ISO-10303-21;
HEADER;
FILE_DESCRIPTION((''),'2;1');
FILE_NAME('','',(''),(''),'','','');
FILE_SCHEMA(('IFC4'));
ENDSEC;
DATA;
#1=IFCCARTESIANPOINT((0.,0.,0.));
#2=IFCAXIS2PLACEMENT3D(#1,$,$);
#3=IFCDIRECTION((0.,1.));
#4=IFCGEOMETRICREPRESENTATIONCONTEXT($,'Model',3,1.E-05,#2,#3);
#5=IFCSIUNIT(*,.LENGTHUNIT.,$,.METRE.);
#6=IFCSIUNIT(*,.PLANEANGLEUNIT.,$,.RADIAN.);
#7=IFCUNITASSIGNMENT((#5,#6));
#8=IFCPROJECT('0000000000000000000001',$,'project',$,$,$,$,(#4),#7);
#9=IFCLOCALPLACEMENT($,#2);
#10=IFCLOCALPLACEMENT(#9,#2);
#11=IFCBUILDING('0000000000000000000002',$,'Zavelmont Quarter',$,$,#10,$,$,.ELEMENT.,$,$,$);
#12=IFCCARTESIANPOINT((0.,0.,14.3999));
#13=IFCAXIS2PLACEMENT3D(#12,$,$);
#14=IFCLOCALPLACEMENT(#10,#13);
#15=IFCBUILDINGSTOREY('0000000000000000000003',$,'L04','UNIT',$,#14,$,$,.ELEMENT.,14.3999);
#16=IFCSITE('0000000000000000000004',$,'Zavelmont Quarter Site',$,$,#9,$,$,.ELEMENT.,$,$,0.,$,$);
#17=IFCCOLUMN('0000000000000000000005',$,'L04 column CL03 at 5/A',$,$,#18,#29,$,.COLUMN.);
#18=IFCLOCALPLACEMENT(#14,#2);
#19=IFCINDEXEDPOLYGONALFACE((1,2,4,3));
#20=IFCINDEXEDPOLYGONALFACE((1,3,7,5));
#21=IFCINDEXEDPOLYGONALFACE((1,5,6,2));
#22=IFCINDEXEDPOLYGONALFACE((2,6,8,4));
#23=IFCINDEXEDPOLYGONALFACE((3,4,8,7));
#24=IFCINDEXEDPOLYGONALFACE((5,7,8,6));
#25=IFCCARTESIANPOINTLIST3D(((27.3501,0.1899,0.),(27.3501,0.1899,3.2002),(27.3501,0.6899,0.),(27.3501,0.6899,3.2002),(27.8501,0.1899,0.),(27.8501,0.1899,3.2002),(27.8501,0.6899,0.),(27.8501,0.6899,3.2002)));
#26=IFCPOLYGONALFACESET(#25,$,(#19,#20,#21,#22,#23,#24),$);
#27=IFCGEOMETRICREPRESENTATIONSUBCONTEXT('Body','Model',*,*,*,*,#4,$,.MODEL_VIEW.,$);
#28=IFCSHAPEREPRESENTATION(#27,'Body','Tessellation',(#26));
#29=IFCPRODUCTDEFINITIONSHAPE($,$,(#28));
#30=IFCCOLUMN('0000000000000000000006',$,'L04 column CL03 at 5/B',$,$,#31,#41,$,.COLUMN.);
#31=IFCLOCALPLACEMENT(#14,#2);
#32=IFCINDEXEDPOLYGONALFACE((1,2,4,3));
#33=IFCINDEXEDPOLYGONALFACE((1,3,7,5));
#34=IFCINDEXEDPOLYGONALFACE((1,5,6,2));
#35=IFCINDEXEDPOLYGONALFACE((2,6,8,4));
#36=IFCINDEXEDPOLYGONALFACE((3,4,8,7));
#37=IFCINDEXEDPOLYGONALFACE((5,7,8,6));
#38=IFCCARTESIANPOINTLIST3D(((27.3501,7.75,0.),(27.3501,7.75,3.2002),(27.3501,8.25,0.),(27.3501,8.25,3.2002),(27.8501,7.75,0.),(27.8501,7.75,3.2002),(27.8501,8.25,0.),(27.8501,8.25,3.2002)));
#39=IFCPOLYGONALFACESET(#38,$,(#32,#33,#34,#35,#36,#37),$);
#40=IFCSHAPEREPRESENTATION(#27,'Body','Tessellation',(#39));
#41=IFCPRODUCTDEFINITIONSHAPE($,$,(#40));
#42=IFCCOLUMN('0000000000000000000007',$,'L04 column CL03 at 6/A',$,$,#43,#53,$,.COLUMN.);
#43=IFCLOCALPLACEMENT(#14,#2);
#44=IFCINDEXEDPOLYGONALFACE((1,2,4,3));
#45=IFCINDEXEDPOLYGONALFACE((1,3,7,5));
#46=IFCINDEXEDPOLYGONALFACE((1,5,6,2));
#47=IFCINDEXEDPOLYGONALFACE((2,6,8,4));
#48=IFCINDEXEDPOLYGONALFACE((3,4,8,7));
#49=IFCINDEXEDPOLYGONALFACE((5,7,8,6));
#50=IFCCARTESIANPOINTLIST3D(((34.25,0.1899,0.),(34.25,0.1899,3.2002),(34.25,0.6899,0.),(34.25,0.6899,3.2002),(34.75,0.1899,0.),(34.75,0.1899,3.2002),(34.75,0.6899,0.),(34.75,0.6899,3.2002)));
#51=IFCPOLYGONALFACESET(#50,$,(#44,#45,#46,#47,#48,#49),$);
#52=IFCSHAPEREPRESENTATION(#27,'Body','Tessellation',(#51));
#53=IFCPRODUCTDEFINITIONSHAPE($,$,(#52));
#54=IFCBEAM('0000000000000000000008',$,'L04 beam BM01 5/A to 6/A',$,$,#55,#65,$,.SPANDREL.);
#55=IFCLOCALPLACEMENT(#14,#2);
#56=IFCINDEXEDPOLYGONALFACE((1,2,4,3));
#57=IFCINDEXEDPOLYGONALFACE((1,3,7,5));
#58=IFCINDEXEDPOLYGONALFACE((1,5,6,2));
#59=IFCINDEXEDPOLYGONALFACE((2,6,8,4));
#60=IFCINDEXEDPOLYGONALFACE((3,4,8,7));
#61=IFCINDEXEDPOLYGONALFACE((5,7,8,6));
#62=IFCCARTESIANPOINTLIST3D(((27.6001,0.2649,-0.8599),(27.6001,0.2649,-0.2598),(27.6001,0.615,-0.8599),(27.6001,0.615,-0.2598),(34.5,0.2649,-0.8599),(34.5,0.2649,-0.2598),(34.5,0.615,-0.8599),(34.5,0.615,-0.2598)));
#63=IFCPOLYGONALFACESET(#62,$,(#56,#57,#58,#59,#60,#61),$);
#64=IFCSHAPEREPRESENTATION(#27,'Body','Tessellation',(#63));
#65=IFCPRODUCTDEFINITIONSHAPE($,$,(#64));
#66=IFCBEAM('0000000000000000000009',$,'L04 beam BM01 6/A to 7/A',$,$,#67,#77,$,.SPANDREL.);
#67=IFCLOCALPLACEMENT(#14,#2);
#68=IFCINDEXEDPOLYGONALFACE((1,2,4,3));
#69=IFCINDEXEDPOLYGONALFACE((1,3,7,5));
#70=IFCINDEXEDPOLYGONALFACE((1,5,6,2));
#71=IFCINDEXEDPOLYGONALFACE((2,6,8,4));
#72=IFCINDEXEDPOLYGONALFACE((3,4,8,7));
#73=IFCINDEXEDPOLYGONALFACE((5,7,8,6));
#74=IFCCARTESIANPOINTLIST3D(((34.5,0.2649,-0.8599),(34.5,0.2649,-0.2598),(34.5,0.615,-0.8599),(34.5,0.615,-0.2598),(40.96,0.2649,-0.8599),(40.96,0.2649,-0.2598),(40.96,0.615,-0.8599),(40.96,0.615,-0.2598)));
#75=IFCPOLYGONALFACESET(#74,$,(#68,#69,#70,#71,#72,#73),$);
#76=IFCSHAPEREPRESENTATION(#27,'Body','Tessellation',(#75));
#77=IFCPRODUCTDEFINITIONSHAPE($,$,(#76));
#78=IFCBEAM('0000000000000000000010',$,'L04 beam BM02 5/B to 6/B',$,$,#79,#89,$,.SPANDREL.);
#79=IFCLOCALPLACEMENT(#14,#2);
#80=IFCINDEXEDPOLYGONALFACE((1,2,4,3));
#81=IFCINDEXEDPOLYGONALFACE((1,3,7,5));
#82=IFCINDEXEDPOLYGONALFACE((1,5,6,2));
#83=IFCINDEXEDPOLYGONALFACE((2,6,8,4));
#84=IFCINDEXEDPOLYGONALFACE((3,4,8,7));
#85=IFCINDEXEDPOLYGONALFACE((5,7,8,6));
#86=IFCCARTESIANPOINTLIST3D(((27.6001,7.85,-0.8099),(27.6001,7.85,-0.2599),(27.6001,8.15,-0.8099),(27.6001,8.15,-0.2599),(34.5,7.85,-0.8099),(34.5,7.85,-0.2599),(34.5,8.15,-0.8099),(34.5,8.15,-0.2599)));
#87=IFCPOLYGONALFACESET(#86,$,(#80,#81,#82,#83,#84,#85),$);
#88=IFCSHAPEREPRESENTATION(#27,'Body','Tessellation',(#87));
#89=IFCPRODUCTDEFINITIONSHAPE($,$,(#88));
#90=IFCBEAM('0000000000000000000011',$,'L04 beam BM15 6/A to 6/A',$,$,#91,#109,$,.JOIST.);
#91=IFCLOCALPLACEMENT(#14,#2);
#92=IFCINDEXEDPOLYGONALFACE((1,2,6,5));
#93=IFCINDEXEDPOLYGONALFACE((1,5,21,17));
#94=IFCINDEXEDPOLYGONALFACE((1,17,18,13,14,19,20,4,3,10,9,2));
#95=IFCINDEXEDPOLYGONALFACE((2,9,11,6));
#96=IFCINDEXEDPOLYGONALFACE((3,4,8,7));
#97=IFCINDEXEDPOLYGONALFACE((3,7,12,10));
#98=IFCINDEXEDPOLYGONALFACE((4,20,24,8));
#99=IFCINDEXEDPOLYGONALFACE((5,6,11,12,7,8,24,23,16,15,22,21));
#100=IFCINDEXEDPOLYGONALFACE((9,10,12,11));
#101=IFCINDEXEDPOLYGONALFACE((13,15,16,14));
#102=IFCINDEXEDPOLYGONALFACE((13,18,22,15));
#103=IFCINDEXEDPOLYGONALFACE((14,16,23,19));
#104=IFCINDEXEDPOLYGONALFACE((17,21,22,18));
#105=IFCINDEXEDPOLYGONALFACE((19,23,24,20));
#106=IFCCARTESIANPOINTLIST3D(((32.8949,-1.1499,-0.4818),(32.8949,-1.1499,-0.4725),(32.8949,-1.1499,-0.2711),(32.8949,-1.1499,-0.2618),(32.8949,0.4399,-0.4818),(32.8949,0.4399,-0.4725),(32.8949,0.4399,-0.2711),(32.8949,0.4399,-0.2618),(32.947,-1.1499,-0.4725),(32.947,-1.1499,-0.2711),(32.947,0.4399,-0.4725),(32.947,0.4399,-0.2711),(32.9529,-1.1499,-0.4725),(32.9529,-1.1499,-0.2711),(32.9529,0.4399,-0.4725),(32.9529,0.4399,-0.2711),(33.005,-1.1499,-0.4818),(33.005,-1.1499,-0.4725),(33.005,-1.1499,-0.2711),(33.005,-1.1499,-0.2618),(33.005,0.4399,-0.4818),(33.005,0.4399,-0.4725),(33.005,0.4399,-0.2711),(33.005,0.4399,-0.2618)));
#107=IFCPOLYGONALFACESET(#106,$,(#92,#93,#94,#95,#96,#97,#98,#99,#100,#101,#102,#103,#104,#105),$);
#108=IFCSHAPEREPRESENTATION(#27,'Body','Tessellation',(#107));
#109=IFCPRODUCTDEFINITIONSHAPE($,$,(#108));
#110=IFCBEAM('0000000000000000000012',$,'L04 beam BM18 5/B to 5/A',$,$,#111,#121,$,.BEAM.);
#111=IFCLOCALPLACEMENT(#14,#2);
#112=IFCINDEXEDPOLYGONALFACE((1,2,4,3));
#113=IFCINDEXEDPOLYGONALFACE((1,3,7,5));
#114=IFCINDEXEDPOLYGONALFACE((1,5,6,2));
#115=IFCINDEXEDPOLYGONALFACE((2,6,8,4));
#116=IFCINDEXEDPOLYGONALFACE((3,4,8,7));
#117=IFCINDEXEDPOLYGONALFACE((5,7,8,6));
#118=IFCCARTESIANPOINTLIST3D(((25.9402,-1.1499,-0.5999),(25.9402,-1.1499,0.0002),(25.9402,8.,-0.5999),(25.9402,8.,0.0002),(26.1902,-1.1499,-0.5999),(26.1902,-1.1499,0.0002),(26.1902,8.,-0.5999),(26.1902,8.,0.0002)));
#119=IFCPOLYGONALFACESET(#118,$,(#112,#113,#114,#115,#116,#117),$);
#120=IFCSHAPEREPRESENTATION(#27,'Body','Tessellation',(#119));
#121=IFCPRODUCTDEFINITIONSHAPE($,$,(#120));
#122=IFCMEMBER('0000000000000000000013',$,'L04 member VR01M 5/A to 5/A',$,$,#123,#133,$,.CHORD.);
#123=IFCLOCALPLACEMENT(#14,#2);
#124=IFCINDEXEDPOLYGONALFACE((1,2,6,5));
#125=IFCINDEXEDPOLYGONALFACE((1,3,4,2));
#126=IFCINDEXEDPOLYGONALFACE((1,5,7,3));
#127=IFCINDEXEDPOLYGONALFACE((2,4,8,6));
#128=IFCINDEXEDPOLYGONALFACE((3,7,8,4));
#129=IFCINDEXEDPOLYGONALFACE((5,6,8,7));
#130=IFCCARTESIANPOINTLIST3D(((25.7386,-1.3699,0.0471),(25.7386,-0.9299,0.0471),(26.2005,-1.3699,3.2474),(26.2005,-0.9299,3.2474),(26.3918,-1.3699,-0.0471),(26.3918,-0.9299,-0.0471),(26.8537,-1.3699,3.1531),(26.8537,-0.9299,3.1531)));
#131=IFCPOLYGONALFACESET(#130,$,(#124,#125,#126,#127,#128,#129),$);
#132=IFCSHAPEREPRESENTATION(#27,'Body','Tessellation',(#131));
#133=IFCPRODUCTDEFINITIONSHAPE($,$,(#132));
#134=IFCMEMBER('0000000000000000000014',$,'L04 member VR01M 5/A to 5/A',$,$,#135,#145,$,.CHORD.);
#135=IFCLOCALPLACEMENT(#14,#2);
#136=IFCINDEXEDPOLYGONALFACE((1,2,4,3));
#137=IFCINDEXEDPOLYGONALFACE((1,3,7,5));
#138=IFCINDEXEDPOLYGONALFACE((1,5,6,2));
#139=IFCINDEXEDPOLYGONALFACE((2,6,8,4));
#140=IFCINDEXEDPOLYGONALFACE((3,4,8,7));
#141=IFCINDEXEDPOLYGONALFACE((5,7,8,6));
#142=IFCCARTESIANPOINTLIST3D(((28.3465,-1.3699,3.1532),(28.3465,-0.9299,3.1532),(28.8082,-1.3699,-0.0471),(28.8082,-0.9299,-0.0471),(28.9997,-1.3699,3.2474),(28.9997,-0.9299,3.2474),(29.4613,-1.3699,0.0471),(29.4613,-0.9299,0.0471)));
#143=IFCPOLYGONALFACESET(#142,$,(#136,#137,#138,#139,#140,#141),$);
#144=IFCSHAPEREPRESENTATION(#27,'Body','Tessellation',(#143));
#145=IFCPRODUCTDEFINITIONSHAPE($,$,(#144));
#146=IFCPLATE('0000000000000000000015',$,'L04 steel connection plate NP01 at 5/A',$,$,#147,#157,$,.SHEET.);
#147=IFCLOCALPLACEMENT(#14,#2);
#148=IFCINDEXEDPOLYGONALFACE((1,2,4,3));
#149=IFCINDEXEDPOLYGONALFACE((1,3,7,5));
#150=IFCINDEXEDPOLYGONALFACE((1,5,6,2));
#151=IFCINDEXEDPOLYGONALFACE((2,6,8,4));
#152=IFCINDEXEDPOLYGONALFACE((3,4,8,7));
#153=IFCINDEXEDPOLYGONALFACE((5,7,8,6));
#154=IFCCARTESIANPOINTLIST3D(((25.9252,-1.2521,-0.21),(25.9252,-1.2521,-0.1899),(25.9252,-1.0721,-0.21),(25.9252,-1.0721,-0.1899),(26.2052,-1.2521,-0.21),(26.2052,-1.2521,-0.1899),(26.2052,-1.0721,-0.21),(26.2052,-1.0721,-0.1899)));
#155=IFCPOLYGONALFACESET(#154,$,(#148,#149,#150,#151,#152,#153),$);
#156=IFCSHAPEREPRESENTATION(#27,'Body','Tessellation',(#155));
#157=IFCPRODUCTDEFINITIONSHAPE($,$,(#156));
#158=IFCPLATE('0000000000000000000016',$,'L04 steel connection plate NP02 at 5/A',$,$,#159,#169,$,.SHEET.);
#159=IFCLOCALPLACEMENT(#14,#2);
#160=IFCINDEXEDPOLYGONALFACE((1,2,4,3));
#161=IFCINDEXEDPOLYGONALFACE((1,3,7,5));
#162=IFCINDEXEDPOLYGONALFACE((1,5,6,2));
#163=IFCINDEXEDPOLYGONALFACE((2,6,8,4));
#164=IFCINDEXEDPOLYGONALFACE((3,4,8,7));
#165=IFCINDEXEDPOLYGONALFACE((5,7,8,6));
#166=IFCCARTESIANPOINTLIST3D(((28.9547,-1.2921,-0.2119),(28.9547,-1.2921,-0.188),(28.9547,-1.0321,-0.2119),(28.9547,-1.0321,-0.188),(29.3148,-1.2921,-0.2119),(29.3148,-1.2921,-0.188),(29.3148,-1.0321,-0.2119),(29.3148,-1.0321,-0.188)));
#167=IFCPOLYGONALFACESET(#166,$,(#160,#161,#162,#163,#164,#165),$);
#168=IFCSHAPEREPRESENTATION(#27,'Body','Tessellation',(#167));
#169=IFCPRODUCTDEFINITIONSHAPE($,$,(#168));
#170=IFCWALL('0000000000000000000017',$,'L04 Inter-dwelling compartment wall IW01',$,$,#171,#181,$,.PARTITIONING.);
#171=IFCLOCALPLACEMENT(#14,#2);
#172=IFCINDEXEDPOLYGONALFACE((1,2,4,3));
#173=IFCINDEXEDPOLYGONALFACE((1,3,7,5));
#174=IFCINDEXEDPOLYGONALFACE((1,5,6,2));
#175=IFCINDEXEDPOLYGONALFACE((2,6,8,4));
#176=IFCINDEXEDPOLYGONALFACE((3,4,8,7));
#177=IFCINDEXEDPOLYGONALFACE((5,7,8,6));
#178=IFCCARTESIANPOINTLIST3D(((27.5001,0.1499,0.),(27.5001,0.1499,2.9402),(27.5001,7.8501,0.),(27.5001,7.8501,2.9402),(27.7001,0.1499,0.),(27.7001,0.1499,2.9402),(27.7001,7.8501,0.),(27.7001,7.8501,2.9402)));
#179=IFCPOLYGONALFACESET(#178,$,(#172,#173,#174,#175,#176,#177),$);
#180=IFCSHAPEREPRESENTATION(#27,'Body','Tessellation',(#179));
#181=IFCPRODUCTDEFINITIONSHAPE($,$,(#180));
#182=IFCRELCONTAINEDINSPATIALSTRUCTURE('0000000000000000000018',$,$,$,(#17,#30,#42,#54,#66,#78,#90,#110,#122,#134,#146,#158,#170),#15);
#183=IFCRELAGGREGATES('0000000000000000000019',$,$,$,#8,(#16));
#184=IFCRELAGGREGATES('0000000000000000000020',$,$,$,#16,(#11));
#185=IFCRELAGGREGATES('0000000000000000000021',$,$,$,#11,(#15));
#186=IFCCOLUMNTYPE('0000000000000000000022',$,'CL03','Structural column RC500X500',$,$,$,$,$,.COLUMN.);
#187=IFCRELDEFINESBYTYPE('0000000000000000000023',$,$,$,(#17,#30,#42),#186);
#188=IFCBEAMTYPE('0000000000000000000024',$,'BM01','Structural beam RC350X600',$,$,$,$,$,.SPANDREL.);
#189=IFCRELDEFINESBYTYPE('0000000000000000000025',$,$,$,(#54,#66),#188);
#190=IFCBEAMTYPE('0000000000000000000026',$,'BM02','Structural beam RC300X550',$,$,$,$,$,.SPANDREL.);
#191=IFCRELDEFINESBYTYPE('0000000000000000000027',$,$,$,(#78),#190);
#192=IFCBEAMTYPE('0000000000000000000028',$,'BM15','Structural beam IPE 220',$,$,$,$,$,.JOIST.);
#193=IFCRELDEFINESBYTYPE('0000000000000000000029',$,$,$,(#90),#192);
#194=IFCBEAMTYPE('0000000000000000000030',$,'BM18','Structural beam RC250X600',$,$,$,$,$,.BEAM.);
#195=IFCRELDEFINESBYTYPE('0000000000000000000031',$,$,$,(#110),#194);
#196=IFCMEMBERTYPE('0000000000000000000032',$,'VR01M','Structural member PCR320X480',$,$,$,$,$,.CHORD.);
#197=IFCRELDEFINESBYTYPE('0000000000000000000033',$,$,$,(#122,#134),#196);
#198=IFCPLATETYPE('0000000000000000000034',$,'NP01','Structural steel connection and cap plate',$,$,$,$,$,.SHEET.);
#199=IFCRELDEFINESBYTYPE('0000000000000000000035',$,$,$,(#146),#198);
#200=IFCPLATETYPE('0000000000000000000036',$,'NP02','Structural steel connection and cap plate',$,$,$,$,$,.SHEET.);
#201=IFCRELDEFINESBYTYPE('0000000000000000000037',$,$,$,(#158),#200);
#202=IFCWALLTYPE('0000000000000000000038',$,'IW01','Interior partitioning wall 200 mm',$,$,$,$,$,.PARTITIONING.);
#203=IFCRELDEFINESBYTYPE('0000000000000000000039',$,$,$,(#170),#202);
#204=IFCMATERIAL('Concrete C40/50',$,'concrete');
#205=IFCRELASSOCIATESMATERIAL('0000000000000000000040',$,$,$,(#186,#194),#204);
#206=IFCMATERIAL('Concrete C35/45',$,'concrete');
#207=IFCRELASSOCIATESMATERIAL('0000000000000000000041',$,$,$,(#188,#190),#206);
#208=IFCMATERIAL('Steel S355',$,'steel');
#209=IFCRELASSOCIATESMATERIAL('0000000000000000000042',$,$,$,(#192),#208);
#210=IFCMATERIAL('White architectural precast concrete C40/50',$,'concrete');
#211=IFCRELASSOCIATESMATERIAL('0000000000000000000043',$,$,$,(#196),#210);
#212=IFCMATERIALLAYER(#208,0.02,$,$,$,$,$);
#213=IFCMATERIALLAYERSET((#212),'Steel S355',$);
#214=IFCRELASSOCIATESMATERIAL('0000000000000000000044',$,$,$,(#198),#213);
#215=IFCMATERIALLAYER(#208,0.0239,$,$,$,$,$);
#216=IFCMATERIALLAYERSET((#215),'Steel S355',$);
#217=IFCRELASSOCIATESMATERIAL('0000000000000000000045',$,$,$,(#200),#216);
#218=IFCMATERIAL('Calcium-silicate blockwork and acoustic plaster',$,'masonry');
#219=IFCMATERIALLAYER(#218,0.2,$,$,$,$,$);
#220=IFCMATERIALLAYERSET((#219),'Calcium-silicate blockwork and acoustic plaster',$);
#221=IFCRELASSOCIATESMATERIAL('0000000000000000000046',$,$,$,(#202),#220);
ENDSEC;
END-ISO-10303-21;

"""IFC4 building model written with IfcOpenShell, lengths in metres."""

from ifc_helpers import new_model, si_unit, direction, frame, frame_2d, origin, origin_2d, place, context, subcontext, project, spatial, rectangle, i_section, extrude, material, layer, layer_set, material_profile, profile_set, type_object, element, save


model = new_model("IFC4")

# Units and contexts
model_context = context("Model", 3, precision=1e-05, world=origin(), true_north=direction((0.0, 1.0)))
body_context = subcontext(model_context, "Body", "Model", "MODEL_VIEW")
ifc_project = project(units=[si_unit("LENGTHUNIT", "METRE"), si_unit("PLANEANGLEUNIT", "RADIAN")], contexts=[model_context])

# Site, building, storey
site_placement = place(None, origin())
site = spatial("IfcSite", under=ifc_project, at=site_placement, Name="Zavelmont Quarter Site", CompositionType="ELEMENT", RefElevation=0.0)
building_placement = place(site_placement, origin())
building = spatial("IfcBuilding", under=site, at=building_placement, Name="Zavelmont Quarter", CompositionType="ELEMENT")
storey_placement = place(building_placement, frame((0.0, 0.0, 14.3999)))
storey = spatial("IfcBuildingStorey", under=building, at=storey_placement, Name="L04", Description="UNIT", CompositionType="ELEMENT", Elevation=14.3999)

# Columns
ifc_material_1 = material(Name="Concrete C40/50", Category="concrete")
ifc_material_profile_1 = material_profile(ifc_material_1, rectangle(XDim=0.5, YDim=0.5, at=origin_2d()), Name="RC500X500")
ifc_profile_set_1 = profile_set([ifc_material_profile_1], Name="Concrete C40/50")
column_type = type_object("IfcColumnType", Name="CL03", Description="Structural column RC500X500", PredefinedType="COLUMN", material=ifc_profile_set_1)
for number, where, z_axis, x_axis, name in (
    (1, (27.6001, 0.4399, 0.0), (0.0, 0.0, 1.0), (1.0, 0.0, 0.0), "L04 column CL03 at 5/A"),
    (2, (27.6001, 8.0, 0.0), (0.0, 0.0, 1.0), (1.0, 0.0, 0.0), "L04 column CL03 at 5/B"),
    (3, (34.5, 0.4399, 0.0), (0.0, 0.0, 1.0), (1.0, 0.0, 0.0), "L04 column CL03 at 6/A"),
):
    element("IfcColumn", number, at=place(storey_placement, frame(where, z_axis=z_axis, x_axis=x_axis)), inside=storey, type_object=column_type, Name=name, PredefinedType="COLUMN", context=body_context, shape_type="SweptSolid", body=[
        extrude(rectangle(XDim=0.5, YDim=0.5, at=origin_2d()), origin(), (0.0, 0.0, 1.0), 3.2002),
    ])

# Beams
ifc_material_2 = material(Name="Concrete C35/45", Category="concrete")
ifc_material_profile_2 = material_profile(ifc_material_2, rectangle(XDim=0.3501, YDim=0.6001, at=origin_2d()), Name="RC350X600")
ifc_profile_set_2 = profile_set([ifc_material_profile_2], Name="Concrete C35/45")
beam_type_1 = type_object("IfcBeamType", Name="BM01", Description="Structural beam RC350X600", PredefinedType="SPANDREL", material=ifc_profile_set_2)
beam_1_placement = place(storey_placement, frame((27.6001, 0.4399, -0.5598), z_axis=(1.0, 0.0, 0.0), x_axis=(0.0, 1.0, 0.0)))
element("IfcBeam", 4, at=beam_1_placement, inside=storey, type_object=beam_type_1, Name="L04 beam BM01 5/A to 6/A", PredefinedType="SPANDREL", context=body_context, shape_type="SweptSolid", body=[
    extrude(rectangle(XDim=0.3501, YDim=0.6001, at=origin_2d()), origin(), (0.0, 0.0, 1.0), 6.8999),
])
beam_2_placement = place(storey_placement, frame((34.5, 0.4399, -0.5598), z_axis=(1.0, 0.0, 0.0), x_axis=(0.0, 1.0, 0.0)))
element("IfcBeam", 5, at=beam_2_placement, inside=storey, type_object=beam_type_1, Name="L04 beam BM01 6/A to 7/A", PredefinedType="SPANDREL", context=body_context, shape_type="SweptSolid", body=[
    extrude(rectangle(XDim=0.3501, YDim=0.6001, at=origin_2d()), origin(), (0.0, 0.0, 1.0), 6.46),
])
ifc_material_profile_3 = material_profile(ifc_material_2, rectangle(XDim=0.3, YDim=0.55, at=origin_2d()), Name="RC300X550")
ifc_profile_set_3 = profile_set([ifc_material_profile_3], Name="Concrete C35/45")
beam_type_2 = type_object("IfcBeamType", Name="BM02", Description="Structural beam RC300X550", PredefinedType="SPANDREL", material=ifc_profile_set_3)
beam_3_placement = place(storey_placement, frame((27.6001, 8.0, -0.5349), z_axis=(1.0, 0.0, 0.0), x_axis=(0.0, 1.0, 0.0)))
element("IfcBeam", 6, at=beam_3_placement, inside=storey, type_object=beam_type_2, Name="L04 beam BM02 5/B to 6/B", PredefinedType="SPANDREL", context=body_context, shape_type="SweptSolid", body=[
    extrude(rectangle(XDim=0.3, YDim=0.55, at=origin_2d()), origin(), (0.0, 0.0, 1.0), 6.8999),
])
ifc_material_3 = material(Name="Steel S355", Category="steel")
ifc_material_profile_4 = material_profile(ifc_material_3, i_section(OverallWidth=0.1101, OverallDepth=0.22, WebThickness=0.0059, FlangeThickness=0.0093, at=origin_2d()), Name="IPE 220")
ifc_profile_set_4 = profile_set([ifc_material_profile_4], Name="Steel S355")
beam_type_3 = type_object("IfcBeamType", Name="BM15", Description="Structural beam IPE 220", PredefinedType="JOIST", material=ifc_profile_set_4)
beam_4_placement = place(storey_placement, frame((32.95, 0.4399, -0.3718), z_axis=(0.0, -1.0, 0.0), x_axis=(1.0, 0.0, 0.0)))
element("IfcBeam", 7, at=beam_4_placement, inside=storey, type_object=beam_type_3, Name="L04 beam BM15 6/A to 6/A", PredefinedType="JOIST", context=body_context, shape_type="SweptSolid", body=[
    extrude(i_section(OverallWidth=0.1101, OverallDepth=0.22, WebThickness=0.0059, FlangeThickness=0.0093, at=origin_2d()), origin(), (0.0, 0.0, 1.0), 1.5898),
])
ifc_material_profile_5 = material_profile(ifc_material_1, rectangle(XDim=0.25, YDim=0.6001, at=origin_2d()), Name="RC250X600")
ifc_profile_set_5 = profile_set([ifc_material_profile_5], Name="Concrete C40/50")
beam_type_4 = type_object("IfcBeamType", Name="BM18", Description="Structural beam RC250X600", PredefinedType="BEAM", material=ifc_profile_set_5)
beam_5_placement = place(storey_placement, frame((26.0652, 8.0, -0.2998), z_axis=(0.0, -1.0, 0.0), x_axis=(1.0, 0.0, 0.0)))
element("IfcBeam", 8, at=beam_5_placement, inside=storey, type_object=beam_type_4, Name="L04 beam BM18 5/B to 5/A", PredefinedType="BEAM", context=body_context, shape_type="SweptSolid", body=[
    extrude(rectangle(XDim=0.25, YDim=0.6001, at=origin_2d()), origin(), (0.0, 0.0, 1.0), 9.1499),
])

# Members
ifc_material_4 = material(Name="White architectural precast concrete C40/50", Category="concrete")
ifc_material_profile_6 = material_profile(ifc_material_4, rectangle(XDim=0.4399, YDim=0.6599, at=origin_2d()), Name="PCR320X480")
ifc_profile_set_6 = profile_set([ifc_material_profile_6], Name="White architectural precast concrete C40/50")
member_type = type_object("IfcMemberType", Name="VR01M", Description="Structural member PCR320X480", PredefinedType="CHORD", material=ifc_profile_set_6)
for number, where, z_axis, x_axis, name in (
    (9, (26.0652, -1.1499, 0.0), (0.142859, 0.0, 0.989743), (0.0, 1.0, 0.0), "L04 member VR01M 5/A to 5/A"),
    (10, (29.1348, -1.1499, 0.0), (-0.142785, 0.0, 0.989754), (0.0, -1.0, 0.0), "L04 member VR01M 5/A to 5/A"),
):
    element("IfcMember", number, at=place(storey_placement, frame(where, z_axis=z_axis, x_axis=x_axis)), inside=storey, type_object=member_type, Name=name, PredefinedType="CHORD", context=body_context, shape_type="SweptSolid", body=[
        extrude(rectangle(XDim=0.4399, YDim=0.6599, at=origin_2d()), origin(), (0.0, 0.0, 1.0), 3.2334),
    ])

# Plates
ifc_layer_1 = layer(ifc_material_3, 0.02)
ifc_layer_set_1 = layer_set([ifc_layer_1], Name="Steel S355")
plate_type_1 = type_object("IfcPlateType", Name="NP01", Description="Structural steel connection and cap plate", PredefinedType="SHEET", material=ifc_layer_set_1)
plate_1_placement = place(storey_placement, frame((26.0652, -1.1621, -0.21), z_axis=(0.0, 0.0, 1.0), x_axis=(1.0, 0.0, 0.0)))
element("IfcPlate", 11, at=plate_1_placement, inside=storey, type_object=plate_type_1, Name="L04 steel connection plate NP01 at 5/A", PredefinedType="SHEET", context=body_context, shape_type="SweptSolid", body=[
    extrude(rectangle(XDim=0.28, YDim=0.1799, at=origin_2d()), origin(), (0.0, 0.0, 1.0), 0.02),
])
ifc_layer_2 = layer(ifc_material_3, 0.0239)
ifc_layer_set_2 = layer_set([ifc_layer_2], Name="Steel S355")
plate_type_2 = type_object("IfcPlateType", Name="NP02", Description="Structural steel connection and cap plate", PredefinedType="SHEET", material=ifc_layer_set_2)
plate_2_placement = place(storey_placement, frame((29.1348, -1.1621, -0.2119), z_axis=(0.0, 0.0, 1.0), x_axis=(1.0, 0.0, 0.0)))
element("IfcPlate", 12, at=plate_2_placement, inside=storey, type_object=plate_type_2, Name="L04 steel connection plate NP02 at 5/A", PredefinedType="SHEET", context=body_context, shape_type="SweptSolid", body=[
    extrude(rectangle(XDim=0.3601, YDim=0.26, at=origin_2d()), origin(), (0.0, 0.0, 1.0), 0.0239),
])

# Wall
ifc_material_5 = material(Name="Calcium-silicate blockwork and acoustic plaster", Category="masonry")
ifc_layer_3 = layer(ifc_material_5, 0.2)
ifc_layer_set_3 = layer_set([ifc_layer_3], Name="Calcium-silicate blockwork and acoustic plaster")
wall_type_1 = type_object("IfcWallType", Name="IW01", Description="Interior partitioning wall 200 mm", PredefinedType="PARTITIONING", material=ifc_layer_set_3)
for number, where, z_axis, x_axis, name in (
    (13, (27.6001, 7.8501, 0.0), (0.0, 0.0, 1.0), (0.0, -1.0, 0.0), "L04 Inter-dwelling compartment wall IW01"),
):
    element("IfcWall", number, at=place(storey_placement, frame(where, z_axis=z_axis, x_axis=x_axis)), inside=storey, type_object=wall_type_1, Name=name, PredefinedType="PARTITIONING", context=body_context, shape_type="SweptSolid", body=[
        extrude(rectangle(XDim=7.7002, YDim=0.2, at=frame_2d((3.8501, 0.0))), origin(), (0.0, 0.0, 1.0), 2.9402),
    ])

save(model, "model.ifc")
